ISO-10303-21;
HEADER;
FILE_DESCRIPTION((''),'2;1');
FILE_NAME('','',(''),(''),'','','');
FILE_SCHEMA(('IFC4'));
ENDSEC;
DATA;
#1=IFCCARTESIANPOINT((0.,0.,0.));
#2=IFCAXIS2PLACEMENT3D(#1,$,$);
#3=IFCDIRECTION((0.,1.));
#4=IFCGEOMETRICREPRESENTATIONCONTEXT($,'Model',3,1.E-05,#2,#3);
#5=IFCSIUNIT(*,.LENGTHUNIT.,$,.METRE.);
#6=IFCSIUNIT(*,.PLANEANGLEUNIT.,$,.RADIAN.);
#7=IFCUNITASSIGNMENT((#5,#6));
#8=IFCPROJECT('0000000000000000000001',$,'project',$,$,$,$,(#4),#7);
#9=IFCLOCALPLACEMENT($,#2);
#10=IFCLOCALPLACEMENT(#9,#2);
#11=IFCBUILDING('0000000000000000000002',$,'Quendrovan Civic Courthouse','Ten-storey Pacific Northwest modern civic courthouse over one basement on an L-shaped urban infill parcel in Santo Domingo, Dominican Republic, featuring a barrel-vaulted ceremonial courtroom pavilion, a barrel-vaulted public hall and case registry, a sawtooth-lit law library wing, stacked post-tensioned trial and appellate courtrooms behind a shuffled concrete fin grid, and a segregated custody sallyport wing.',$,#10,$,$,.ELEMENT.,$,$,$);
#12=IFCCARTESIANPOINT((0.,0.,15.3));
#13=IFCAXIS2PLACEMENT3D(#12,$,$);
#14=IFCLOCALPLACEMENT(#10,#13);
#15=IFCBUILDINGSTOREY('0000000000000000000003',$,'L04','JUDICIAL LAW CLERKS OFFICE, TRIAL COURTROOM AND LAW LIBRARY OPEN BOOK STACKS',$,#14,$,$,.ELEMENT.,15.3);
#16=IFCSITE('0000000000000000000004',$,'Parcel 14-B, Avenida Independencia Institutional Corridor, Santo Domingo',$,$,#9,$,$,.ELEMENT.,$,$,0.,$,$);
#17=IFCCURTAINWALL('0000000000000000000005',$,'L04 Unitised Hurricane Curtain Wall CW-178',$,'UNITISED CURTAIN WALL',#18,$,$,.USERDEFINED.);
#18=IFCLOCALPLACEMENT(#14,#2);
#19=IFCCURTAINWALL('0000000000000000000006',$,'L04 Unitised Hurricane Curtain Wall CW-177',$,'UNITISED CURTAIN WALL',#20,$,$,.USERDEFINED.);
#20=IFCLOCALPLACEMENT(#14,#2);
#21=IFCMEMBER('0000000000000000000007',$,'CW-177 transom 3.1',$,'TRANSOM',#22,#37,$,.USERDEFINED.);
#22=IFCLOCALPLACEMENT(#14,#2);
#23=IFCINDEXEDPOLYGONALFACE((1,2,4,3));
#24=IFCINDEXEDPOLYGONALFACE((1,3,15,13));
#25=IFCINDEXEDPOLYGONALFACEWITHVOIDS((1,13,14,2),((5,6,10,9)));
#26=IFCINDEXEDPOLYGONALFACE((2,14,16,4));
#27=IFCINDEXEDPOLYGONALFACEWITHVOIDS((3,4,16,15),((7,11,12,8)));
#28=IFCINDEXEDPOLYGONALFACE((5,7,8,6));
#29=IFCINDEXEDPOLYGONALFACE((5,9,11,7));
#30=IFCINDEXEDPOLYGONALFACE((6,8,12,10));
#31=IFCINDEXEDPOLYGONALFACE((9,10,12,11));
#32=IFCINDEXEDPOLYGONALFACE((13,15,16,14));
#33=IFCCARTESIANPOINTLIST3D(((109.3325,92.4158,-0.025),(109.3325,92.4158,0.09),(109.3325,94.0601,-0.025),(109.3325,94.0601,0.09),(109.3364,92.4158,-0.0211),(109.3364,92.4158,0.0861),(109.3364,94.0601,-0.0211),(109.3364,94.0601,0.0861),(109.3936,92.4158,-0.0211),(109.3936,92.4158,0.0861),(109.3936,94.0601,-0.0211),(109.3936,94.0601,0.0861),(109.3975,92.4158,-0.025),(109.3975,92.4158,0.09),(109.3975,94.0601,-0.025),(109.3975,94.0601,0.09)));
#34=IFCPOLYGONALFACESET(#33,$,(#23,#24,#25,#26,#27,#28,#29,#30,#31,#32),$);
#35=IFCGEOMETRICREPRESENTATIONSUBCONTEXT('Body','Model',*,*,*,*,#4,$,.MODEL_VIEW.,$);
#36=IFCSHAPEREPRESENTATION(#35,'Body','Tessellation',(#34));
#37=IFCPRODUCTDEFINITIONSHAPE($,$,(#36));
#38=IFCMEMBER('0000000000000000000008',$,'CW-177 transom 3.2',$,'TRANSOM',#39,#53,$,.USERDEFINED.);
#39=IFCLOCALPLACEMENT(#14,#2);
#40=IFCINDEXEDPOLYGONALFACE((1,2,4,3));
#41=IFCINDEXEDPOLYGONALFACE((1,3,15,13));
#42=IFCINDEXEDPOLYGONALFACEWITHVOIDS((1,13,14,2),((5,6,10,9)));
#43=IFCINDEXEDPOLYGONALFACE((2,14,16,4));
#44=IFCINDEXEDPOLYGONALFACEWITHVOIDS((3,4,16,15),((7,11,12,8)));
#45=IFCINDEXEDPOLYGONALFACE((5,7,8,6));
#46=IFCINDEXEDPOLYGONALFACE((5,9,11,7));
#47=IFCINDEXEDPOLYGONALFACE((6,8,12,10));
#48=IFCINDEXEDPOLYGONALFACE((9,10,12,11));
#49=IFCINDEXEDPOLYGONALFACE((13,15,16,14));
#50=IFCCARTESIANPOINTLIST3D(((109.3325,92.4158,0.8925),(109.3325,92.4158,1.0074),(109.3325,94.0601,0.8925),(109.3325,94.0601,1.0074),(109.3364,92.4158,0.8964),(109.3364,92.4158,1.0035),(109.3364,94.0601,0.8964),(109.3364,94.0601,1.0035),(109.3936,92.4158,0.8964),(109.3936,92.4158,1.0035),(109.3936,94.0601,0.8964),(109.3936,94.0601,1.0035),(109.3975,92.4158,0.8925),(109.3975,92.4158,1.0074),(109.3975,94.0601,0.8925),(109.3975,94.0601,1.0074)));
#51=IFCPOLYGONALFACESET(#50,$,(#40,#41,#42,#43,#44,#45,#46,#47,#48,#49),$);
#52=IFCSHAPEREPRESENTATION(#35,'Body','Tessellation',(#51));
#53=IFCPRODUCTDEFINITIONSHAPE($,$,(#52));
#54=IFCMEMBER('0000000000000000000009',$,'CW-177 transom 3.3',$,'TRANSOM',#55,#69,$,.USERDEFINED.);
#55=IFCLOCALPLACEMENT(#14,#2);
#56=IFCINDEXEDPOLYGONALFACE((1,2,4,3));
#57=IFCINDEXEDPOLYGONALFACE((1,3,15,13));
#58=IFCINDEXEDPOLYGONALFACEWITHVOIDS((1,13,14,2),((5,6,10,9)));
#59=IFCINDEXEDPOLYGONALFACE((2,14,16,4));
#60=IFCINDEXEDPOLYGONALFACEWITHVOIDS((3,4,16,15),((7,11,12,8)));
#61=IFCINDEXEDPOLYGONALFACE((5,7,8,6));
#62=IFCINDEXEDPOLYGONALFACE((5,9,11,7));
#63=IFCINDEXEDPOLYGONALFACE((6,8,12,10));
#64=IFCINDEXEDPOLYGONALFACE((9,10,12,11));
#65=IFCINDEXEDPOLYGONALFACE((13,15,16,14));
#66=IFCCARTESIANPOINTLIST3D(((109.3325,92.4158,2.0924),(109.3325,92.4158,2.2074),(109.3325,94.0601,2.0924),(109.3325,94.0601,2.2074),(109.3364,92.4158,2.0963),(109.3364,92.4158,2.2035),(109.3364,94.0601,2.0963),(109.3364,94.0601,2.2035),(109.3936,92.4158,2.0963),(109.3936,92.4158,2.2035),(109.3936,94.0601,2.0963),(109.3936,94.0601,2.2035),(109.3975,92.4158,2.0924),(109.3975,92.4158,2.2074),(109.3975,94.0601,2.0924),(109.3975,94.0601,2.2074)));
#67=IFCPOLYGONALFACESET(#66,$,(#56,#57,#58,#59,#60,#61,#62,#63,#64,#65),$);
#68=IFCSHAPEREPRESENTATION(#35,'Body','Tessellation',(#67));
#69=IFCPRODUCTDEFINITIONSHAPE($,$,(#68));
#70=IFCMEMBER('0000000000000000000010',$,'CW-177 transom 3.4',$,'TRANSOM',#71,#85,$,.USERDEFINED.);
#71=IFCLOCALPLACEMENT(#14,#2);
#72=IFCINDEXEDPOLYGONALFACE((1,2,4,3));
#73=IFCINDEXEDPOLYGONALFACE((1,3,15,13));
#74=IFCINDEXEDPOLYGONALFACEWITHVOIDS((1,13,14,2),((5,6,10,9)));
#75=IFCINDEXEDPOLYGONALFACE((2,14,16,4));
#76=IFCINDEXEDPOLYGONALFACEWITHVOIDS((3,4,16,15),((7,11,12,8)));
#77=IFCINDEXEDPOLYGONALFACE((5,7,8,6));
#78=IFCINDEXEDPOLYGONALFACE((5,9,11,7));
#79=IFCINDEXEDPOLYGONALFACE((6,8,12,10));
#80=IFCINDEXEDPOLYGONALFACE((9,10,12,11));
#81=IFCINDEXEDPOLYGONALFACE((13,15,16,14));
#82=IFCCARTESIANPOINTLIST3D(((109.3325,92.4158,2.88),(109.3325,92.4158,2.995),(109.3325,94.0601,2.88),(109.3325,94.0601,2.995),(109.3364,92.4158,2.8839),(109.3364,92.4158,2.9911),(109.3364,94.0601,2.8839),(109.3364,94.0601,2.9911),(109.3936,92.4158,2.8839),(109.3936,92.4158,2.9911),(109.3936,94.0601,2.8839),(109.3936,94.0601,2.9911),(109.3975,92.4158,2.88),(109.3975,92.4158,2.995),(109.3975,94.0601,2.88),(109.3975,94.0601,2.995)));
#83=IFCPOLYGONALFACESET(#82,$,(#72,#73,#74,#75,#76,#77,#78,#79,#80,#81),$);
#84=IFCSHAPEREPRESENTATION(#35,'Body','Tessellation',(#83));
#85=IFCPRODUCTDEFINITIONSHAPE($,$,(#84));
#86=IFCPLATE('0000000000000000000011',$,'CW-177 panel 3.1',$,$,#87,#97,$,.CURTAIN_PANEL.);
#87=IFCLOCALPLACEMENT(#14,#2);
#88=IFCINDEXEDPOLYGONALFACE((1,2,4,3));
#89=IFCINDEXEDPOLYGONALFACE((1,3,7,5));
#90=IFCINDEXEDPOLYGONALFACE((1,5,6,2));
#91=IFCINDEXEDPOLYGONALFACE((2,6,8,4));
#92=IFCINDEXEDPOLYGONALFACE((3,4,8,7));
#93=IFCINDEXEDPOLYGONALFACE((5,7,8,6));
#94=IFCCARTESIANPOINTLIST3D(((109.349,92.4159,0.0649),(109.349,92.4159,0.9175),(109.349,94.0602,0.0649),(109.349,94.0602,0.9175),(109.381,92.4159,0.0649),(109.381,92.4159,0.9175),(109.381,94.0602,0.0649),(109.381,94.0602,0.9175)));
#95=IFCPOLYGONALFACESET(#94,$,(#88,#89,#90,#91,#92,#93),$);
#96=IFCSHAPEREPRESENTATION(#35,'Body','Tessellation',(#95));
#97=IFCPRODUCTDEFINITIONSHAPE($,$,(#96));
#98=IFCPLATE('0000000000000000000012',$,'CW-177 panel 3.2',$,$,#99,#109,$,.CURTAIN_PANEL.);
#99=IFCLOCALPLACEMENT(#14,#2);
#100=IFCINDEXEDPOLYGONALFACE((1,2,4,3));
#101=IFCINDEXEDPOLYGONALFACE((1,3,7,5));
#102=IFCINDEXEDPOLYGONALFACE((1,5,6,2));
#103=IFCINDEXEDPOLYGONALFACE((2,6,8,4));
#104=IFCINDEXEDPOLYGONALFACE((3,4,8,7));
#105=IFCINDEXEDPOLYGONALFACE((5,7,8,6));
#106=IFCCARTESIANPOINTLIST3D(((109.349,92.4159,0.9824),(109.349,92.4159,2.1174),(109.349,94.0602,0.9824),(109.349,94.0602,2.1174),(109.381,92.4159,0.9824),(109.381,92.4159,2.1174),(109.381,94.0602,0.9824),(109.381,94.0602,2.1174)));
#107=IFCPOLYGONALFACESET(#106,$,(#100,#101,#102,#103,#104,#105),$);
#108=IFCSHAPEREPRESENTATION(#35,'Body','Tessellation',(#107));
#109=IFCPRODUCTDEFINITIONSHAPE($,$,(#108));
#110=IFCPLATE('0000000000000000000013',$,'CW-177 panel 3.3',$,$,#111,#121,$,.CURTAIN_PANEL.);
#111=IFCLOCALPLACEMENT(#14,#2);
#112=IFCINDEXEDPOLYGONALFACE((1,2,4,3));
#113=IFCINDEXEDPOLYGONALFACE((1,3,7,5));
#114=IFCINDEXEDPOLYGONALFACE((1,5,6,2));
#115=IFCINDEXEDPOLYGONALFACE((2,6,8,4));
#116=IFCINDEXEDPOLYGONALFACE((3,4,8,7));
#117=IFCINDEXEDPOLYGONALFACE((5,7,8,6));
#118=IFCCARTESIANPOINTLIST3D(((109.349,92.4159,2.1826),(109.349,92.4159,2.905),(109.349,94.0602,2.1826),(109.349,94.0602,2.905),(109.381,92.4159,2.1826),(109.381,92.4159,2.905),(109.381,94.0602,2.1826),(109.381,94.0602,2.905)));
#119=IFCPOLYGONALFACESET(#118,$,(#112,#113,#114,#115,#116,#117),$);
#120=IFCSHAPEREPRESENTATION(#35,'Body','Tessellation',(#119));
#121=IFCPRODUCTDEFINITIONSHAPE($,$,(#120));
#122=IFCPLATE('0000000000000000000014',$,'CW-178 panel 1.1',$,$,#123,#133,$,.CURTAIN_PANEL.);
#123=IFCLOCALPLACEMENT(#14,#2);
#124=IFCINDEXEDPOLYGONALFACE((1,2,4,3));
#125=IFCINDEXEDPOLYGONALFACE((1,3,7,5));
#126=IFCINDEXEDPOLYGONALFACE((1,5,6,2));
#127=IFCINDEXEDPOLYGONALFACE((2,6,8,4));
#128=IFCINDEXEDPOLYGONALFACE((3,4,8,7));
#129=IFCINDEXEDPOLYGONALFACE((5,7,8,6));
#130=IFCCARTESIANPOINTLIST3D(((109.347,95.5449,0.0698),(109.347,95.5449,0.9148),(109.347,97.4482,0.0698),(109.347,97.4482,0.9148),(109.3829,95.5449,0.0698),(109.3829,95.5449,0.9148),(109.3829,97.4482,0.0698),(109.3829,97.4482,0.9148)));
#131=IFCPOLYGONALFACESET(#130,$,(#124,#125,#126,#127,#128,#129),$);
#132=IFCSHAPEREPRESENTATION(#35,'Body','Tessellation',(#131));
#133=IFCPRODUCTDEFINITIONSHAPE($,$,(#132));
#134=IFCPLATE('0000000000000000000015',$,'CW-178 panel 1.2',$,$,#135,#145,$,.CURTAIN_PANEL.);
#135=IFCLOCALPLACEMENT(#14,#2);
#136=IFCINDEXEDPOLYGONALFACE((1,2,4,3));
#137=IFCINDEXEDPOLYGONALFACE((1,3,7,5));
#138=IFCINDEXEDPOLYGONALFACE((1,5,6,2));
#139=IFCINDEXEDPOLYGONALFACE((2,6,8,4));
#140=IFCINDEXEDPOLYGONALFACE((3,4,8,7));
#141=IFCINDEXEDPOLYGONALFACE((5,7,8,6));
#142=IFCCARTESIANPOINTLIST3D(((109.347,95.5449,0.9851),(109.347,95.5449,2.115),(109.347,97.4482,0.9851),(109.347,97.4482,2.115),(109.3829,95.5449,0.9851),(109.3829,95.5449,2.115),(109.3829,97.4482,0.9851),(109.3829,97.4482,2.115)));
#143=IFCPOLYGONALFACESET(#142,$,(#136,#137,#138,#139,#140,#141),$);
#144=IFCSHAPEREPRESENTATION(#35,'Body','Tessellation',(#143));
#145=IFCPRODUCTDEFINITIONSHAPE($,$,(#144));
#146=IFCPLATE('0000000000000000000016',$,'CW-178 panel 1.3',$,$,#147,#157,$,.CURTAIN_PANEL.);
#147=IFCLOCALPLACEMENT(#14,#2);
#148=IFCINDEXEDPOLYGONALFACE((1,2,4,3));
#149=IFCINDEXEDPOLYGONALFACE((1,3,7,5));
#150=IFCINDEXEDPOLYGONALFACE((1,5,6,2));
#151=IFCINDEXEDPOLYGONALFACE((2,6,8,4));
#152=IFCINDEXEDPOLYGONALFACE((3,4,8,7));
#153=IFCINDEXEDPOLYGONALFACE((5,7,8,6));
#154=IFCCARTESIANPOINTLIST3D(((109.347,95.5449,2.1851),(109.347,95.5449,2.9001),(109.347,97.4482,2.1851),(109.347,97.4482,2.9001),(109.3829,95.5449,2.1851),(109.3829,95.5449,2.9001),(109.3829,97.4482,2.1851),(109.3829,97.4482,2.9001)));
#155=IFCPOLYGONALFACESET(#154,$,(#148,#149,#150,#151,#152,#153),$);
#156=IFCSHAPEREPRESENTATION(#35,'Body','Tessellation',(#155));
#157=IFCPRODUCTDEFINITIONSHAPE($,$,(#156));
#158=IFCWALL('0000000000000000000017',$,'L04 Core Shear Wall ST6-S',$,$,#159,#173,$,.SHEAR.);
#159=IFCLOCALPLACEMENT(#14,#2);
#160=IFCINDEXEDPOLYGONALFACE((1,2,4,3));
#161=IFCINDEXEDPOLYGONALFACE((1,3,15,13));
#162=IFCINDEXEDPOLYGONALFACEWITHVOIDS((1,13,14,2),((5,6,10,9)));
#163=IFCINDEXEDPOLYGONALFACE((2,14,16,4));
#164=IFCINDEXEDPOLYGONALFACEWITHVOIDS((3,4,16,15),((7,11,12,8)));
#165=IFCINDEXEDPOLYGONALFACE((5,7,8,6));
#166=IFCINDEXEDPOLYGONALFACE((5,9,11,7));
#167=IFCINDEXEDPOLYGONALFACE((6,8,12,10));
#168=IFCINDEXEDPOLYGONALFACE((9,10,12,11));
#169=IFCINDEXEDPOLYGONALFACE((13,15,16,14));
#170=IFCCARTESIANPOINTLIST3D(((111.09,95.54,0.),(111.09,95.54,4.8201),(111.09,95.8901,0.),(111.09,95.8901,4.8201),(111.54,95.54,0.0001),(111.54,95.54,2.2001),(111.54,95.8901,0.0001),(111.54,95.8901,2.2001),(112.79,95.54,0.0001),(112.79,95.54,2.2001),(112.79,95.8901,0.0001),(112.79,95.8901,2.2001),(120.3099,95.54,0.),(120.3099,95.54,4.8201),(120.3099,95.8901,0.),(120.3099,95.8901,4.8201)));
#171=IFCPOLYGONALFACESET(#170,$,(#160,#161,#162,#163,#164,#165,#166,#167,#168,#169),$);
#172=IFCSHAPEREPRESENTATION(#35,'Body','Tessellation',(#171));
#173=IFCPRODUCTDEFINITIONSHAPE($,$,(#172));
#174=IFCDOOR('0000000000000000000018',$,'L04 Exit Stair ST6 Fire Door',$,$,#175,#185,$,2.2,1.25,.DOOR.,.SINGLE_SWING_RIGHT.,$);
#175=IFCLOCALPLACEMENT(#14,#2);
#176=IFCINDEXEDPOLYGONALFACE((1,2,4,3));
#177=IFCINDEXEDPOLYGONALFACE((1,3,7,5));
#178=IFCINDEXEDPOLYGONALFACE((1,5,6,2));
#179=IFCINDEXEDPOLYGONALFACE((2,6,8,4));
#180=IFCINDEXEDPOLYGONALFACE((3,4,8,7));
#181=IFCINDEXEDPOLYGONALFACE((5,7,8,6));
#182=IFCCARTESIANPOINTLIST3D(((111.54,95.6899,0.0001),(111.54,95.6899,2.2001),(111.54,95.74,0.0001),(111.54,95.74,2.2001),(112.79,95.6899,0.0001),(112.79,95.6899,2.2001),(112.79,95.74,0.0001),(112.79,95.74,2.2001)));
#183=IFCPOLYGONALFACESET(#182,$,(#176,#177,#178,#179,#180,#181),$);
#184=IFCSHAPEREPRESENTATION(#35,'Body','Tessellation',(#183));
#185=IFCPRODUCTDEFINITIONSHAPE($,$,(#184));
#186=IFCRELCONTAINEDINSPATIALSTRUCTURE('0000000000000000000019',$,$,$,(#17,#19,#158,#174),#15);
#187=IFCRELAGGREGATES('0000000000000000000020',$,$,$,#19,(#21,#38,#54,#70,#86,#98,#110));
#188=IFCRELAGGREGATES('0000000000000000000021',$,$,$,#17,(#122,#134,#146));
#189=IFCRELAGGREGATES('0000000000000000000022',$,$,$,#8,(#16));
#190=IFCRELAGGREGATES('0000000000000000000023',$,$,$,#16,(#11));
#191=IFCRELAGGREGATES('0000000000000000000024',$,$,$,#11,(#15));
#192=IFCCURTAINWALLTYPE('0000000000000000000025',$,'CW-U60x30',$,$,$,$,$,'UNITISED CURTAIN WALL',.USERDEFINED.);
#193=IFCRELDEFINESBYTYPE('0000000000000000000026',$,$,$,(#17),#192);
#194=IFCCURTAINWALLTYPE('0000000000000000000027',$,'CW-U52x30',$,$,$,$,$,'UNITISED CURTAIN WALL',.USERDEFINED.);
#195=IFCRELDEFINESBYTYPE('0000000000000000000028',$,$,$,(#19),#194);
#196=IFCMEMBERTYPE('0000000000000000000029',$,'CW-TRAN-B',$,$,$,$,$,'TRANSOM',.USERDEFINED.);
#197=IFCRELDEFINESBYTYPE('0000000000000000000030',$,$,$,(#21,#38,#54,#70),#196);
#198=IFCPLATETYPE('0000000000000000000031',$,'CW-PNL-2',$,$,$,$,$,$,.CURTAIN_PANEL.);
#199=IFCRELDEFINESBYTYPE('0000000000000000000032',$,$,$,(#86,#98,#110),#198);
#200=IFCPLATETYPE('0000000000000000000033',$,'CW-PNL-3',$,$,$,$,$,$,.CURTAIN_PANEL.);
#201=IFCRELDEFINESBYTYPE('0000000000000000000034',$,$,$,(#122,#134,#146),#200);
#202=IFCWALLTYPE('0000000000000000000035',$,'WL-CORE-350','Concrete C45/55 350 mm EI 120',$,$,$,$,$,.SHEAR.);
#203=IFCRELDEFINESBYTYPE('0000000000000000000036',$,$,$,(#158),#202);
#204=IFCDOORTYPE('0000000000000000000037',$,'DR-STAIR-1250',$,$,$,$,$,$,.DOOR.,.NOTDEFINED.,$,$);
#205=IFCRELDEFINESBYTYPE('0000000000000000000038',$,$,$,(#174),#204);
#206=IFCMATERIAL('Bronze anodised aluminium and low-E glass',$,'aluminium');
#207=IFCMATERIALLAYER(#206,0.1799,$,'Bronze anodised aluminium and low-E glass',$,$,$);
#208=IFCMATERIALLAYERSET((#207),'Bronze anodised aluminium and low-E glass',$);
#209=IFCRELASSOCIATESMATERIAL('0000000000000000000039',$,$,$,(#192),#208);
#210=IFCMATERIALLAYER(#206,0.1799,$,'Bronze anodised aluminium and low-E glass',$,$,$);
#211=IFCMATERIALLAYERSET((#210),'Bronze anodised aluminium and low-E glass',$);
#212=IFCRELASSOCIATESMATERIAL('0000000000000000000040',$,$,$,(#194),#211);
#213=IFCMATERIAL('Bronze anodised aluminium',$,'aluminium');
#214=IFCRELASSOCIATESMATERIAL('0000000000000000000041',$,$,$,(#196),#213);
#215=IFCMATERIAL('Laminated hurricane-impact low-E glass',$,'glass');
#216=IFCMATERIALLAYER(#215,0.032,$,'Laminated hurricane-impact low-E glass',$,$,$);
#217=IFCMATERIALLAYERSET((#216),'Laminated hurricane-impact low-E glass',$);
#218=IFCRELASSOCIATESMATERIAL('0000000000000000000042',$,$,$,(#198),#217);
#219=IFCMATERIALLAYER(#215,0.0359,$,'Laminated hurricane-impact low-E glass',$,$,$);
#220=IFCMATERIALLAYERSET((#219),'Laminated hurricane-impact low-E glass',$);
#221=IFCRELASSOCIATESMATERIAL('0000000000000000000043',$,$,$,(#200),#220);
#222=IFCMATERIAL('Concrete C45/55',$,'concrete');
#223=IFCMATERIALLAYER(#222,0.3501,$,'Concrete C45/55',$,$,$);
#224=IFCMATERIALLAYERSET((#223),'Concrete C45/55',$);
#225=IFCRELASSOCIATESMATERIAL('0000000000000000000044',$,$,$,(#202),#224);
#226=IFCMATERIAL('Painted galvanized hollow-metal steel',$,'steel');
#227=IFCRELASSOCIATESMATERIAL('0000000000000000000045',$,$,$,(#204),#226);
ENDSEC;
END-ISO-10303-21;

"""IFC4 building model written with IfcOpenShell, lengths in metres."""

from ifc_helpers import new_model, si_unit, direction, frame, frame_2d, origin, origin_2d, place, context, subcontext, project, spatial, rectangle, hollow_rectangle, extrude, material, layer, layer_set, material_profile, profile_set, type_object, element, fill, aggregate, save


model = new_model("IFC4")

# Units and contexts
model_context = context("Model", 3, precision=1e-05, world=origin(), true_north=direction((0.0, 1.0)))
body_context = subcontext(model_context, "Body", "Model", "MODEL_VIEW")
ifc_project = project(units=[si_unit("LENGTHUNIT", "METRE"), si_unit("PLANEANGLEUNIT", "RADIAN")], contexts=[model_context])

# Site, building, storey
site_placement = place(None, origin())
site = spatial("IfcSite", under=ifc_project, at=site_placement, Name="Parcel 14-B, Avenida Independencia Institutional Corridor, Santo Domingo", CompositionType="ELEMENT", RefElevation=0.0)
building_placement = place(site_placement, origin())
building = spatial("IfcBuilding", under=site, at=building_placement, Name="Quendrovan Civic Courthouse", Description="Ten-storey Pacific Northwest modern civic courthouse over one basement on an L-shaped urban infill parcel in Santo Domingo, Dominican Republic, featuring a barrel-vaulted ceremonial courtroom pavilion, a barrel-vaulted public hall and case registry, a sawtooth-lit law library wing, stacked post-tensioned trial and appellate courtrooms behind a shuffled concrete fin grid, and a segregated custody sallyport wing.", CompositionType="ELEMENT")
storey_placement = place(building_placement, frame((0.0, 0.0, 15.3)))
storey = spatial("IfcBuildingStorey", under=building, at=storey_placement, Name="L04", Description="JUDICIAL LAW CLERKS OFFICE, TRIAL COURTROOM AND LAW LIBRARY OPEN BOOK STACKS", CompositionType="ELEMENT", Elevation=15.3)

# Shared definitions
ifc_material_1 = material(Name="Concrete C45/55", Category="concrete")

# Curtain wall
ifc_material_2 = material(Name="Bronze anodised aluminium and low-E glass", Category="aluminium")
ifc_layer_1 = layer(ifc_material_2, 0.1799, Name="Bronze anodised aluminium and low-E glass")
ifc_layer_set_1 = layer_set([ifc_layer_1], Name="Bronze anodised aluminium and low-E glass")
curtain_wall_type_1 = type_object("IfcCurtainWallType", Name="CW-U60x30", ElementType="UNITISED CURTAIN WALL", PredefinedType="USERDEFINED", material=ifc_layer_set_1)
curtain_wall_1_placement = place(storey_placement, origin())
curtain_wall_1 = element("IfcCurtainWall", 1, at=curtain_wall_1_placement, inside=storey, type_object=curtain_wall_type_1, Name="L04 Unitised Hurricane Curtain Wall CW-178", ObjectType="UNITISED CURTAIN WALL", PredefinedType="USERDEFINED")
ifc_material_3 = material(Name="Bronze anodised aluminium", Category="aluminium")

# Curtain wall
ifc_layer_2 = layer(ifc_material_2, 0.1799, Name="Bronze anodised aluminium and low-E glass")
ifc_layer_set_2 = layer_set([ifc_layer_2], Name="Bronze anodised aluminium and low-E glass")
curtain_wall_type_2 = type_object("IfcCurtainWallType", Name="CW-U52x30", ElementType="UNITISED CURTAIN WALL", PredefinedType="USERDEFINED", material=ifc_layer_set_2)
curtain_wall_2_placement = place(storey_placement, origin())
curtain_wall_2 = element("IfcCurtainWall", 2, at=curtain_wall_2_placement, inside=storey, type_object=curtain_wall_type_2, Name="L04 Unitised Hurricane Curtain Wall CW-177", ObjectType="UNITISED CURTAIN WALL", PredefinedType="USERDEFINED")

# Members
ifc_material_profile_1 = material_profile(ifc_material_3, hollow_rectangle(XDim=0.0649, YDim=0.115, WallThickness=0.0039, at=origin_2d()), Name="CW-TRAN-65x115")
ifc_profile_set_1 = profile_set([ifc_material_profile_1], Name="Bronze anodised aluminium")
member_type_1 = type_object("IfcMemberType", Name="CW-TRAN-B", ElementType="TRANSOM", PredefinedType="USERDEFINED", material=ifc_profile_set_1)
member_1_placement = place(storey_placement, frame((109.365, 92.4158, 0.0325), z_axis=(0.0, 1.0, 0.0), x_axis=(-1.0, 0.0, 0.0)))
member_1 = element("IfcMember", 3, at=member_1_placement, type_object=member_type_1, Name="CW-177 transom 3.1", ObjectType="TRANSOM", PredefinedType="USERDEFINED", context=body_context, shape_type="SweptSolid", body=[
    extrude(hollow_rectangle(XDim=0.0649, YDim=0.115, WallThickness=0.0039, at=origin_2d()), origin(), (0.0, 0.0, 1.0), 1.6443),
])
member_2_placement = place(storey_placement, frame((109.365, 92.4158, 0.95), z_axis=(0.0, 1.0, 0.0), x_axis=(-1.0, 0.0, 0.0)))
member_2 = element("IfcMember", 4, at=member_2_placement, type_object=member_type_1, Name="CW-177 transom 3.2", ObjectType="TRANSOM", PredefinedType="USERDEFINED", context=body_context, shape_type="SweptSolid", body=[
    extrude(hollow_rectangle(XDim=0.0649, YDim=0.115, WallThickness=0.0039, at=origin_2d()), origin(), (0.0, 0.0, 1.0), 1.6443),
])
member_3_placement = place(storey_placement, frame((109.365, 92.4158, 2.1499), z_axis=(0.0, 1.0, 0.0), x_axis=(-1.0, 0.0, 0.0)))
member_3 = element("IfcMember", 5, at=member_3_placement, type_object=member_type_1, Name="CW-177 transom 3.3", ObjectType="TRANSOM", PredefinedType="USERDEFINED", context=body_context, shape_type="SweptSolid", body=[
    extrude(hollow_rectangle(XDim=0.0649, YDim=0.115, WallThickness=0.0039, at=origin_2d()), origin(), (0.0, 0.0, 1.0), 1.6443),
])
member_4_placement = place(storey_placement, frame((109.365, 92.4158, 2.9375), z_axis=(0.0, 1.0, 0.0), x_axis=(-1.0, 0.0, 0.0)))
member_4 = element("IfcMember", 6, at=member_4_placement, type_object=member_type_1, Name="CW-177 transom 3.4", ObjectType="TRANSOM", PredefinedType="USERDEFINED", context=body_context, shape_type="SweptSolid", body=[
    extrude(hollow_rectangle(XDim=0.0649, YDim=0.115, WallThickness=0.0039, at=origin_2d()), origin(), (0.0, 0.0, 1.0), 1.6443),
])

# Plates
ifc_material_4 = material(Name="Laminated hurricane-impact low-E glass", Category="glass")
ifc_layer_3 = layer(ifc_material_4, 0.032, Name="Laminated hurricane-impact low-E glass")
ifc_layer_set_3 = layer_set([ifc_layer_3], Name="Laminated hurricane-impact low-E glass")
plate_type_1 = type_object("IfcPlateType", Name="CW-PNL-2", PredefinedType="CURTAIN_PANEL", material=ifc_layer_set_3)
plate_1_placement = place(storey_placement, frame((109.365, 93.238, 0.0649), z_axis=(0.0, 0.0, 1.0), x_axis=(0.0, 1.0, 0.0)))
plate_1 = element("IfcPlate", 7, at=plate_1_placement, type_object=plate_type_1, Name="CW-177 panel 3.1", PredefinedType="CURTAIN_PANEL", context=body_context, shape_type="SweptSolid", body=[
    extrude(rectangle(XDim=1.6443, YDim=0.032, at=origin_2d()), origin(), (0.0, 0.0, 1.0), 0.8525),
])
plate_2_placement = place(storey_placement, frame((109.365, 93.238, 0.9824), z_axis=(0.0, 0.0, 1.0), x_axis=(0.0, 1.0, 0.0)))
plate_2 = element("IfcPlate", 8, at=plate_2_placement, type_object=plate_type_1, Name="CW-177 panel 3.2", PredefinedType="CURTAIN_PANEL", context=body_context, shape_type="SweptSolid", body=[
    extrude(rectangle(XDim=1.6443, YDim=0.032, at=origin_2d()), origin(), (0.0, 0.0, 1.0), 1.135),
])
plate_3_placement = place(storey_placement, frame((109.365, 93.238, 2.1826), z_axis=(0.0, 0.0, 1.0), x_axis=(0.0, 1.0, 0.0)))
plate_3 = element("IfcPlate", 9, at=plate_3_placement, type_object=plate_type_1, Name="CW-177 panel 3.3", PredefinedType="CURTAIN_PANEL", context=body_context, shape_type="SweptSolid", body=[
    extrude(rectangle(XDim=1.6443, YDim=0.032, at=origin_2d()), origin(), (0.0, 0.0, 1.0), 0.7224),
])
aggregate(curtain_wall_2, [member_1, member_2, member_3, member_4, plate_1, plate_2, plate_3])
ifc_layer_4 = layer(ifc_material_4, 0.0359, Name="Laminated hurricane-impact low-E glass")
ifc_layer_set_4 = layer_set([ifc_layer_4], Name="Laminated hurricane-impact low-E glass")
plate_type_2 = type_object("IfcPlateType", Name="CW-PNL-3", PredefinedType="CURTAIN_PANEL", material=ifc_layer_set_4)
plate_4_placement = place(storey_placement, frame((109.365, 96.4966, 0.0698), z_axis=(0.0, 0.0, 1.0), x_axis=(0.0, 1.0, 0.0)))
plate_4 = element("IfcPlate", 10, at=plate_4_placement, type_object=plate_type_2, Name="CW-178 panel 1.1", PredefinedType="CURTAIN_PANEL", context=body_context, shape_type="SweptSolid", body=[
    extrude(rectangle(XDim=1.9033, YDim=0.0359, at=origin_2d()), origin(), (0.0, 0.0, 1.0), 0.845),
])
plate_5_placement = place(storey_placement, frame((109.365, 96.4966, 0.9851), z_axis=(0.0, 0.0, 1.0), x_axis=(0.0, 1.0, 0.0)))
plate_5 = element("IfcPlate", 11, at=plate_5_placement, type_object=plate_type_2, Name="CW-178 panel 1.2", PredefinedType="CURTAIN_PANEL", context=body_context, shape_type="SweptSolid", body=[
    extrude(rectangle(XDim=1.9033, YDim=0.0359, at=origin_2d()), origin(), (0.0, 0.0, 1.0), 1.1299),
])
plate_6_placement = place(storey_placement, frame((109.365, 96.4966, 2.1851), z_axis=(0.0, 0.0, 1.0), x_axis=(0.0, 1.0, 0.0)))
plate_6 = element("IfcPlate", 12, at=plate_6_placement, type_object=plate_type_2, Name="CW-178 panel 1.3", PredefinedType="CURTAIN_PANEL", context=body_context, shape_type="SweptSolid", body=[
    extrude(rectangle(XDim=1.9033, YDim=0.0359, at=origin_2d()), origin(), (0.0, 0.0, 1.0), 0.7151),
])
aggregate(curtain_wall_1, [plate_4, plate_5, plate_6])

# Wall, opening, door
ifc_layer_5 = layer(ifc_material_1, 0.3501, Name="Concrete C45/55")
ifc_layer_set_5 = layer_set([ifc_layer_5], Name="Concrete C45/55")
wall_type_1 = type_object("IfcWallType", Name="WL-CORE-350", Description="Concrete C45/55 350 mm EI 120", PredefinedType="SHEAR", material=ifc_layer_set_5)
wall_1_placement = place(storey_placement, frame((111.0901, 95.7151, 0.0), z_axis=(0.0, 0.0, 1.0), x_axis=(1.0, 0.0, 0.0)))
wall_1 = element("IfcWall", 13, at=wall_1_placement, inside=storey, type_object=wall_type_1, Name="L04 Core Shear Wall ST6-S", PredefinedType="SHEAR", context=body_context, shape_type="SweptSolid", body=[
    extrude(rectangle(XDim=9.22, YDim=0.3501, at=frame_2d((4.6099, 0.0))), origin(), (0.0, 0.0, 1.0), 4.8201),
])
opening_1_placement = place(wall_1_placement, frame((0.45, 0.0, 0.0)))
opening_1 = element("IfcOpeningElement", 14, at=opening_1_placement, cuts=wall_1, PredefinedType="OPENING", context=body_context, shape_type="SweptSolid", body=[
    extrude(rectangle(XDim=1.25, YDim=2.2, at=frame_2d((0.625, 1.1001))), frame((0.0, 0.1851, 0.0), z_axis=(0.0, -1.0, 0.0), x_axis=(1.0, 0.0, 0.0)), (0.0, 0.0, 1.0), 0.3701),
])
ifc_material_5 = material(Name="Painted galvanized hollow-metal steel", Category="steel")
door_type_1 = type_object("IfcDoorType", Name="DR-STAIR-1250", OperationType="NOTDEFINED", PredefinedType="DOOR", material=ifc_material_5)
door_1_placement = place(opening_1_placement, origin())
door_1 = element("IfcDoor", 15, at=door_1_placement, inside=storey, type_object=door_type_1, Name="L04 Exit Stair ST6 Fire Door", OperationType="SINGLE_SWING_RIGHT", OverallHeight=2.2, OverallWidth=1.25, PredefinedType="DOOR", context=body_context, shape_type="SweptSolid", body=[
    extrude(rectangle(XDim=1.25, YDim=2.2, at=frame_2d((0.625, 1.1001))), frame((0.0, 0.0249, 0.0), z_axis=(0.0, -1.0, 0.0), x_axis=(1.0, 0.0, 0.0)), (0.0, 0.0, 1.0), 0.05),
])
fill(opening_1, door_1)

save(model, "model.ifc")
